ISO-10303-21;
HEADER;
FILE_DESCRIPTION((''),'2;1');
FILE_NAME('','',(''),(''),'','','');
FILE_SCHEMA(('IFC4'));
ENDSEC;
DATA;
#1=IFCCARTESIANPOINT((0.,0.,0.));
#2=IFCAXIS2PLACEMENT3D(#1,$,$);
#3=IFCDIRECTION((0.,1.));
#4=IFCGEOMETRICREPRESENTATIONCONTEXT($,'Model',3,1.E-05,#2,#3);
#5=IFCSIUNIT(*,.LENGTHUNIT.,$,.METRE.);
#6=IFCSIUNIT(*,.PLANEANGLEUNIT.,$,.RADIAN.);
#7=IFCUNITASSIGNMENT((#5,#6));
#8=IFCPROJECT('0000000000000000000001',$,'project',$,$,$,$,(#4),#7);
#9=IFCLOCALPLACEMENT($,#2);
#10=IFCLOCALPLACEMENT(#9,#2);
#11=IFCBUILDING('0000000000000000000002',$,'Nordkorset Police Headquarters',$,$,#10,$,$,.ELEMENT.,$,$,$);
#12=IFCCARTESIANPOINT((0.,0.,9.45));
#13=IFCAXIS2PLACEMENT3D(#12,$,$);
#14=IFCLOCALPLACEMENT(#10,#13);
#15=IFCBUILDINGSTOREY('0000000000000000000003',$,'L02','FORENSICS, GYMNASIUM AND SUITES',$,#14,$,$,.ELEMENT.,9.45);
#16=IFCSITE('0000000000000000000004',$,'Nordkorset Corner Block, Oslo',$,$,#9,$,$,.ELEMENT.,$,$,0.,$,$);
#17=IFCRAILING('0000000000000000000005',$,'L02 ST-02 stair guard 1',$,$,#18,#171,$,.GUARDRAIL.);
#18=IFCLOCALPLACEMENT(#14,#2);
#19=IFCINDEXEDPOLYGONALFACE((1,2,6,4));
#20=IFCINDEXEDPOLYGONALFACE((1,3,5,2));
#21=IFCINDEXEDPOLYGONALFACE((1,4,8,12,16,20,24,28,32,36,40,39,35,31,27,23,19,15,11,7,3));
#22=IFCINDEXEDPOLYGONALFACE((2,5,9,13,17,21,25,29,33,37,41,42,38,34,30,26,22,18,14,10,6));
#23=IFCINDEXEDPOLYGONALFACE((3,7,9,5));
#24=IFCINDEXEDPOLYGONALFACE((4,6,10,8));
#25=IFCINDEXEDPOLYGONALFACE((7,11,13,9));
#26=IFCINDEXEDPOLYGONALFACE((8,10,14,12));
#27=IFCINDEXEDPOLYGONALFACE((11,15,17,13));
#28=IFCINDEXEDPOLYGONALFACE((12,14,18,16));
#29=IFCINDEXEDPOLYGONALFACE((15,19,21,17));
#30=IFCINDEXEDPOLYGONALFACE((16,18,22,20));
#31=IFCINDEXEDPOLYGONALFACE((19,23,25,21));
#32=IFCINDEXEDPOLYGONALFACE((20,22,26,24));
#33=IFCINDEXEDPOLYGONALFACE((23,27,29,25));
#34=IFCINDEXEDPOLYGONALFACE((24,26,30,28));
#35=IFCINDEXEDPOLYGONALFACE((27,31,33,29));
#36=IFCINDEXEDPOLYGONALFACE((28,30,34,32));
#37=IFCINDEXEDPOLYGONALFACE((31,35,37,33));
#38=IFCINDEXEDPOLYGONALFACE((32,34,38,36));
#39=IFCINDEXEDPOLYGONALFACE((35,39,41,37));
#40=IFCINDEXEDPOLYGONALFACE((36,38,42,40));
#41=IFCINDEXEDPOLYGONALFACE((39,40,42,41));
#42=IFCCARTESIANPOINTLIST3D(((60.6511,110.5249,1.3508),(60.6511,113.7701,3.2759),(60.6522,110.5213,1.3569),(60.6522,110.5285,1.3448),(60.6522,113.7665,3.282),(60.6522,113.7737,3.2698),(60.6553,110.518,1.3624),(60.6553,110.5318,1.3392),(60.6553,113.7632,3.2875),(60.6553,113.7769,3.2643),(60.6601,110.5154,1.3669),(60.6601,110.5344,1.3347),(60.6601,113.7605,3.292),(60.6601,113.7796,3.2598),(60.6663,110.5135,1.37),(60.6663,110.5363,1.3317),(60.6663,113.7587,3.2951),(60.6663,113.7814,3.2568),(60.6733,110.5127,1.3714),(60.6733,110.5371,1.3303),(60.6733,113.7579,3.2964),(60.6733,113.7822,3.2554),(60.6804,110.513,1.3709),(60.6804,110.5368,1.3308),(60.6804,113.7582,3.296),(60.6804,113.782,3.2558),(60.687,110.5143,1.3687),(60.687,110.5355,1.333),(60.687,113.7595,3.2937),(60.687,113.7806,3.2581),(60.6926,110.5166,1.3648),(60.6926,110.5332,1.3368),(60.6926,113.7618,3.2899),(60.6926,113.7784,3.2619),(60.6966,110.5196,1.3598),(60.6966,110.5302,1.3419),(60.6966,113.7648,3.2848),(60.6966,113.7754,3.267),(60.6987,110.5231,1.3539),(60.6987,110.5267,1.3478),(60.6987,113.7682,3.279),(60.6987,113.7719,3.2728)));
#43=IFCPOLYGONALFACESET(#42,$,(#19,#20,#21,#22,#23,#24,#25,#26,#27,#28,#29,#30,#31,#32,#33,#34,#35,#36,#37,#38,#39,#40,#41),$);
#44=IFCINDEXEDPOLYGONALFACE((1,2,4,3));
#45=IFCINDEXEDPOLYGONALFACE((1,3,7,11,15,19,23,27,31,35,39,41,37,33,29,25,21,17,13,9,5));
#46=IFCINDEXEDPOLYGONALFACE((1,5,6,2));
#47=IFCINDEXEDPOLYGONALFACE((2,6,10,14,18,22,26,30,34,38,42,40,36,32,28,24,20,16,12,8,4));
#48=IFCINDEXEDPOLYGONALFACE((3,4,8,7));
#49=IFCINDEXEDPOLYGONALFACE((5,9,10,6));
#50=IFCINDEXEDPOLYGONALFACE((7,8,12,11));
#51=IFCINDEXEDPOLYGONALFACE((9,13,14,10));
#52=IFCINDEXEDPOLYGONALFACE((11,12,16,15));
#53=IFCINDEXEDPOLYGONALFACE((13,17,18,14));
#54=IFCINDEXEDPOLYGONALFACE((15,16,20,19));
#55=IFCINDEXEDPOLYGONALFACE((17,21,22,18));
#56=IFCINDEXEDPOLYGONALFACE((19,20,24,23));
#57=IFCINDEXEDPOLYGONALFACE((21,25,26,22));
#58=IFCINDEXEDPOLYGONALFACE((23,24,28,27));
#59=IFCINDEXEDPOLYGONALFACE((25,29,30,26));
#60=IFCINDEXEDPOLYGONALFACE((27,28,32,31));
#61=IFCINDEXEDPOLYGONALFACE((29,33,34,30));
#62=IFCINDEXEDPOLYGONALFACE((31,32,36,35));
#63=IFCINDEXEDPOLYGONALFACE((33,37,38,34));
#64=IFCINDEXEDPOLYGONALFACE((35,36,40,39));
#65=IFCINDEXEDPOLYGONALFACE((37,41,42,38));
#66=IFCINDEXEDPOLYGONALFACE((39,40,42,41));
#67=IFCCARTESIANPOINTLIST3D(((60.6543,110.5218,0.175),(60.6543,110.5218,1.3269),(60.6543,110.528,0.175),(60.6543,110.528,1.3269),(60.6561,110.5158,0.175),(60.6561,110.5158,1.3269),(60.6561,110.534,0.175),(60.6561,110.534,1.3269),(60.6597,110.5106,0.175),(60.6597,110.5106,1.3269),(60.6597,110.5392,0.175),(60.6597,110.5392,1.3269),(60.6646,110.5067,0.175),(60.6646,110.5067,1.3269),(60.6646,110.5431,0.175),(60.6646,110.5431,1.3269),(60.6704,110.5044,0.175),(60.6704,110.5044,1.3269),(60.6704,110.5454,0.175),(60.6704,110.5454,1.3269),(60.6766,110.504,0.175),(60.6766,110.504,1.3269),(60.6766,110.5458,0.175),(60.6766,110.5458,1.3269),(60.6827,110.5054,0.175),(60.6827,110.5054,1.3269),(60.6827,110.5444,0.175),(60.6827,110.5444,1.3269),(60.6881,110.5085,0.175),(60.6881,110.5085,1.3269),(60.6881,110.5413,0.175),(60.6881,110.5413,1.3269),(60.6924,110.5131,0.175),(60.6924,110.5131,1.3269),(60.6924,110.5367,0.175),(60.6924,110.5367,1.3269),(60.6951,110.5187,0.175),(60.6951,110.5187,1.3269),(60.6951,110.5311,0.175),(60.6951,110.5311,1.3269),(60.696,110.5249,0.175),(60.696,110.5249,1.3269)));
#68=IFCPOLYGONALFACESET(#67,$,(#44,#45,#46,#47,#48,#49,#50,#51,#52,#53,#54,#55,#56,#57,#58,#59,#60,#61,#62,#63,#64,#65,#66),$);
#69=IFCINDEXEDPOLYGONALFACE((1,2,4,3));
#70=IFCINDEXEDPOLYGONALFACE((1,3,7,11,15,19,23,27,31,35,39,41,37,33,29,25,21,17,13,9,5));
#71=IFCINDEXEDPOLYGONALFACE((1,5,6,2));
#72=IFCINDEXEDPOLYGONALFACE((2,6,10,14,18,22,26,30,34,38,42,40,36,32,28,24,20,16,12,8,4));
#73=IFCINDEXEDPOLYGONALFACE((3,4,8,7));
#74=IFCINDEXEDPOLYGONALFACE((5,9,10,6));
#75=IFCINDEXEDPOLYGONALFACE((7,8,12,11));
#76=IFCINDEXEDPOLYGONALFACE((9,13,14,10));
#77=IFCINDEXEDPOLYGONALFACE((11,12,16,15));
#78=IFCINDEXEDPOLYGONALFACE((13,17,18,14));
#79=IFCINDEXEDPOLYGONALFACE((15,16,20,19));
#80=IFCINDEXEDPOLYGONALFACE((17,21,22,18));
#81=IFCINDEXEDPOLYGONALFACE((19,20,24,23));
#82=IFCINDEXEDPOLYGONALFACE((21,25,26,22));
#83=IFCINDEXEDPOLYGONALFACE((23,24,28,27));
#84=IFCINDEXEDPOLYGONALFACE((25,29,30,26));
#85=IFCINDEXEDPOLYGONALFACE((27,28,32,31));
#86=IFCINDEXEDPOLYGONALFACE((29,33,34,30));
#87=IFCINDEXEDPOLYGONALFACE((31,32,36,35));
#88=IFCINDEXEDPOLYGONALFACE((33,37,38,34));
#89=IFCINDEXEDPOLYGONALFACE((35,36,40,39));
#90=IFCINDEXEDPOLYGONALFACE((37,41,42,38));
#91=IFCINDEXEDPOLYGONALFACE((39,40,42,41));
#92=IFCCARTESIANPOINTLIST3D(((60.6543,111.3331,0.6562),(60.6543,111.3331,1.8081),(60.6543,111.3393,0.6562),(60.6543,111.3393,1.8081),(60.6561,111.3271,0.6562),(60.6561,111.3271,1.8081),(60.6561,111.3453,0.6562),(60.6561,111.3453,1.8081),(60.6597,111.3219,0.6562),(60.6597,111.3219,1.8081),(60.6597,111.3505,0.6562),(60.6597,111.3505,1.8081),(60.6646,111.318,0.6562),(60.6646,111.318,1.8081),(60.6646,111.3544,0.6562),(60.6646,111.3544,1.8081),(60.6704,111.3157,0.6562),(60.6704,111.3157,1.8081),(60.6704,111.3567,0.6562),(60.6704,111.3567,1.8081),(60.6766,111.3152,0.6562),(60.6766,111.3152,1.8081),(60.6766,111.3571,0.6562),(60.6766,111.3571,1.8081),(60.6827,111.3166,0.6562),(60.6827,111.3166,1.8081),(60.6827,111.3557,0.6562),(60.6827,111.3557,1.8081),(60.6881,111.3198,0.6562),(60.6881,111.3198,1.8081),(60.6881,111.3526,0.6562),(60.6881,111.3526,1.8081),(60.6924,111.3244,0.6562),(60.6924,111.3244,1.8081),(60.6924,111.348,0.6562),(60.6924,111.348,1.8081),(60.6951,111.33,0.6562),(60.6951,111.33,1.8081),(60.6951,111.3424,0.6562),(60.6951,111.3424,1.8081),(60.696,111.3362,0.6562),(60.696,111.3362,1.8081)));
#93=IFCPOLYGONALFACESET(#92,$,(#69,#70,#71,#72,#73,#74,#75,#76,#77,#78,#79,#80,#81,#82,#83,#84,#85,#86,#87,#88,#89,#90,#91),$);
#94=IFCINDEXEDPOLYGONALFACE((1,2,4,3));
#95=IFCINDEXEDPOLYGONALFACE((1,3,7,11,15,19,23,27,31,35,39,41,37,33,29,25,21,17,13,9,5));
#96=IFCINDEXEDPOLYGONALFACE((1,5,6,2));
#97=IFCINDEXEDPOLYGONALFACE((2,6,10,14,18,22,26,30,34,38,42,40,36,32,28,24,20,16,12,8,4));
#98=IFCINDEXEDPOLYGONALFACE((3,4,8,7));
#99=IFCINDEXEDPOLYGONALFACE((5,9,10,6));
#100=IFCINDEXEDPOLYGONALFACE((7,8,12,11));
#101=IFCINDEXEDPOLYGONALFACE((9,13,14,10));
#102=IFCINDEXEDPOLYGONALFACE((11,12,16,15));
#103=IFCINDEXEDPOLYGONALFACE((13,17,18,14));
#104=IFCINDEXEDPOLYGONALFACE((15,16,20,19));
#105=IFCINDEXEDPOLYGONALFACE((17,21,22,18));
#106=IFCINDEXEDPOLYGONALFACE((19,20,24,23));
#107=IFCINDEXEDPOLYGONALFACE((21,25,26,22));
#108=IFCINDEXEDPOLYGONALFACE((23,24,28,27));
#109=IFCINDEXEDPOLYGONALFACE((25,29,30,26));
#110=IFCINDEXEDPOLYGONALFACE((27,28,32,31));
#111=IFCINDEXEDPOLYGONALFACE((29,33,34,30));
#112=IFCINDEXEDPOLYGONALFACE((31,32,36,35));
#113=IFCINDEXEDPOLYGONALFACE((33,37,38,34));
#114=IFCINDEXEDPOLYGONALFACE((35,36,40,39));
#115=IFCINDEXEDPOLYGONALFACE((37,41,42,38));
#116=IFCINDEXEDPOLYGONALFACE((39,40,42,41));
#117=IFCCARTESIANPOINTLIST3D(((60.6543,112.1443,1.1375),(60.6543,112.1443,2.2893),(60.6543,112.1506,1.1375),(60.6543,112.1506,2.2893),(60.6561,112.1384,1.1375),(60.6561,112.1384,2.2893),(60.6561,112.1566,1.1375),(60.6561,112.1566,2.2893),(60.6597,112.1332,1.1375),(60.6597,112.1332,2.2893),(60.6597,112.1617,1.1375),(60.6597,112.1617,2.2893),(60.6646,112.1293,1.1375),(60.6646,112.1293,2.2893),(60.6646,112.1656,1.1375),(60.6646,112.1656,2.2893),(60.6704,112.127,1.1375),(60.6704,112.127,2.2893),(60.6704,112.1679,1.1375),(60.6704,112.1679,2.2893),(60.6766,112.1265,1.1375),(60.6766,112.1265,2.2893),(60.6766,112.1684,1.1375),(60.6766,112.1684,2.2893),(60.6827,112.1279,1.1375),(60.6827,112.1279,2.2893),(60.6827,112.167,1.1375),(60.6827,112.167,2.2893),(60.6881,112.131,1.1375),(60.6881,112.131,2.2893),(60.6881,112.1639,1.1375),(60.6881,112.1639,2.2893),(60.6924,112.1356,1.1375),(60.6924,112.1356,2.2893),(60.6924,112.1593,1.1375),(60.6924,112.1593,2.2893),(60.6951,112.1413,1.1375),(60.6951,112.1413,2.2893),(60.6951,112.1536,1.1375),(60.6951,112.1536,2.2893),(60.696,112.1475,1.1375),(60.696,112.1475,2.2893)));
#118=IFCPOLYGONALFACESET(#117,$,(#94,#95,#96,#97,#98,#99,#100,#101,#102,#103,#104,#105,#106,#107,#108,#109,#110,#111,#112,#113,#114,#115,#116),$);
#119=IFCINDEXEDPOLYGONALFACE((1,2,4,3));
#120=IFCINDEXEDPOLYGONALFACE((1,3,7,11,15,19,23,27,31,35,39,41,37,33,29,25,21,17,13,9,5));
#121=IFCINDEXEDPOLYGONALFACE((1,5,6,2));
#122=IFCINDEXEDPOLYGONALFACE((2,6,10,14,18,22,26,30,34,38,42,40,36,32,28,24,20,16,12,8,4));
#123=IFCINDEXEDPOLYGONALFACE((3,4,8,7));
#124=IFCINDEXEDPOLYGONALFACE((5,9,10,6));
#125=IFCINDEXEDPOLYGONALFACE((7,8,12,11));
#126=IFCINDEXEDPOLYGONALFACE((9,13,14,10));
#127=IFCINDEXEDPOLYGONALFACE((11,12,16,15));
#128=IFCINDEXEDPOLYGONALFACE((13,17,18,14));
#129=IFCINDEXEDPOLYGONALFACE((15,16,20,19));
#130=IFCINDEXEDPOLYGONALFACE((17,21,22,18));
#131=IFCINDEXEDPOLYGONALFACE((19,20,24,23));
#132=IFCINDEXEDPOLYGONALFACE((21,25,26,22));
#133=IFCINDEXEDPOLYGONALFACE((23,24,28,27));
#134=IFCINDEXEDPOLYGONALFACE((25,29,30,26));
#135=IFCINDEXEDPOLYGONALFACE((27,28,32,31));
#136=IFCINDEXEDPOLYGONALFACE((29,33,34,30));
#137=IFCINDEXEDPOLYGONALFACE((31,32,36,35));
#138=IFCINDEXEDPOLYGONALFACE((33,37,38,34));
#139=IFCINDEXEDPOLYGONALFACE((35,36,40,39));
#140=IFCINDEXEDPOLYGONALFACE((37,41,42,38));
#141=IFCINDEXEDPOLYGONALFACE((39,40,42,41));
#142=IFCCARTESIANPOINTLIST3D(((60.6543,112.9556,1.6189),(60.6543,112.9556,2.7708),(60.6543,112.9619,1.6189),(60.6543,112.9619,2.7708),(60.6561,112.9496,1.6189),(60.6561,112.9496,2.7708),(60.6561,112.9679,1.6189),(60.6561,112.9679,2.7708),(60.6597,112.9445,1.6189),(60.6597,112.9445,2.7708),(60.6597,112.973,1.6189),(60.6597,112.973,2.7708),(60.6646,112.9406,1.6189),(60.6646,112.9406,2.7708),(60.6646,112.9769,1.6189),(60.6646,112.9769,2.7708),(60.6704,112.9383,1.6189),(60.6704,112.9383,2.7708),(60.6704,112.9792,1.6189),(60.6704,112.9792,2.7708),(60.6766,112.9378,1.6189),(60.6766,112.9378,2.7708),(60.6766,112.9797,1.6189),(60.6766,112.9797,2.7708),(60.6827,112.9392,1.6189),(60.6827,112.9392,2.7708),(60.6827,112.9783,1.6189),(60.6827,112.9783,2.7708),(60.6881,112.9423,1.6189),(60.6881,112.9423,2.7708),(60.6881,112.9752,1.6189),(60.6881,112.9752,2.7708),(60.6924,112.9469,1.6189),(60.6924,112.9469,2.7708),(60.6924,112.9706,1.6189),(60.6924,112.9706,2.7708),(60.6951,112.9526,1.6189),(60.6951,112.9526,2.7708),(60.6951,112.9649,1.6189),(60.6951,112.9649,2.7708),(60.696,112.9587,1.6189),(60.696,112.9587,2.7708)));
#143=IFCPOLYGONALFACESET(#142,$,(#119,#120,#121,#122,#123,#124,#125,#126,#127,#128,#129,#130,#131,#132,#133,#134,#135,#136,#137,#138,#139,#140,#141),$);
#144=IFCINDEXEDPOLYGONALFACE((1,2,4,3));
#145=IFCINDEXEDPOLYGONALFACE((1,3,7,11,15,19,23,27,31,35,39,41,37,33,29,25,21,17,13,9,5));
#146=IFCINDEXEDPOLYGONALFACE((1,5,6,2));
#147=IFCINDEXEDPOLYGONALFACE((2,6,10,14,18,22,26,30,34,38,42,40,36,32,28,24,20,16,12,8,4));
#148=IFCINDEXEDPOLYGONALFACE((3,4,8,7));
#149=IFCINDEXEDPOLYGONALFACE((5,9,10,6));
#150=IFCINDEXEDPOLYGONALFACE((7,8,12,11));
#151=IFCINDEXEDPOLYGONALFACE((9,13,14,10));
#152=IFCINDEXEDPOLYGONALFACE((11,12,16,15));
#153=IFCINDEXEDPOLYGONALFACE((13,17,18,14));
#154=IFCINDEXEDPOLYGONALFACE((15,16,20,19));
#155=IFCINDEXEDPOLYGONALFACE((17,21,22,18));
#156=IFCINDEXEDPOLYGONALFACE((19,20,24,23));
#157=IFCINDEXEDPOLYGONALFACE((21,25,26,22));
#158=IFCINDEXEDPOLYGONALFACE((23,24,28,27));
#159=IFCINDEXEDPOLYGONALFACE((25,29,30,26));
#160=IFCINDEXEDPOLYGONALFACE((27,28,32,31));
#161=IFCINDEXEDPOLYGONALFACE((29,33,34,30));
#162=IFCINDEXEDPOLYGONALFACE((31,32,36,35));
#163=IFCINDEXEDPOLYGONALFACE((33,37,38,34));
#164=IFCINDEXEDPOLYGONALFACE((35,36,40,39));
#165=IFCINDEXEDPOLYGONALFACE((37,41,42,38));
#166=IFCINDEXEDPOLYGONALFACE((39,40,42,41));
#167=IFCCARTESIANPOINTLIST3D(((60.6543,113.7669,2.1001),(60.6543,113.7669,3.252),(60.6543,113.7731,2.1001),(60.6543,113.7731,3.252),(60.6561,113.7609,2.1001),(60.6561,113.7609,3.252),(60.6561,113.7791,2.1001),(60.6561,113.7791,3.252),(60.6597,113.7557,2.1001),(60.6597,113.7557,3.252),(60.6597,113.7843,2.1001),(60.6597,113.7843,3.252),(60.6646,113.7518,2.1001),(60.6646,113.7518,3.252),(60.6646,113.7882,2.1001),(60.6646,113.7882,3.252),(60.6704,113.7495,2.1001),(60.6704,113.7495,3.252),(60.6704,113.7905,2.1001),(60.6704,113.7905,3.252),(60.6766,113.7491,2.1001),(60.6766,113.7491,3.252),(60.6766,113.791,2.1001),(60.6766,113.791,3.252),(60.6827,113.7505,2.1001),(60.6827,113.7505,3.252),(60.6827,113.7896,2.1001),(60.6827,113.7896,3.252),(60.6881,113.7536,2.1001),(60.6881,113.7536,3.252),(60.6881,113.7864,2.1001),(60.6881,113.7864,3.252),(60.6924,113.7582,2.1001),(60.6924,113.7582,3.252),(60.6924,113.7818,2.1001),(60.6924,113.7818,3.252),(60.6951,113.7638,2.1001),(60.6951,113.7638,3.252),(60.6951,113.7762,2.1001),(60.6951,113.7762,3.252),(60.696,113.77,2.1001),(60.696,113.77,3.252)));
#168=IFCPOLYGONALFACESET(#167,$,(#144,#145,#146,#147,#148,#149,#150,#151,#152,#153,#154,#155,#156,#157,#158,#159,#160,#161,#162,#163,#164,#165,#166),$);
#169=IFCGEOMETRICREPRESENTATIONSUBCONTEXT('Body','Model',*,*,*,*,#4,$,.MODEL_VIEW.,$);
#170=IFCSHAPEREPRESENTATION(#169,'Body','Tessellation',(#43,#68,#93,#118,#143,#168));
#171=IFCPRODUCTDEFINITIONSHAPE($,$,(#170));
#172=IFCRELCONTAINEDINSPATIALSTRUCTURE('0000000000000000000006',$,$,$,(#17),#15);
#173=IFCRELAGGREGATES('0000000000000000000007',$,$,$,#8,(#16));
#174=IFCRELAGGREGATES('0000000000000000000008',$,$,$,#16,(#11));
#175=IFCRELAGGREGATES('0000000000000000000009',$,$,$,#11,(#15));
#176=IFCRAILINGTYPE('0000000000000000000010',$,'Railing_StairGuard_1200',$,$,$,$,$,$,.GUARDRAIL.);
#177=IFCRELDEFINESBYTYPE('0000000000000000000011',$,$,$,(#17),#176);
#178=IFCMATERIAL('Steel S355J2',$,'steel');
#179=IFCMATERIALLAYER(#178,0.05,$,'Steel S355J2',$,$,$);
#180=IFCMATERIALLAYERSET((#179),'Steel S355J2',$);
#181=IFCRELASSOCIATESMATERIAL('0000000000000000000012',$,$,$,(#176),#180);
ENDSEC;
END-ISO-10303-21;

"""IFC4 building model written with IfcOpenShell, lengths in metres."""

from ifc_helpers import new_model, si_unit, direction, frame, origin, origin_2d, place, context, subcontext, project, spatial, circle, extrude, material, layer, layer_set, type_object, element, save


model = new_model("IFC4")

# Units and contexts
model_context = context("Model", 3, precision=1e-05, world=origin(), true_north=direction((0.0, 1.0)))
body_context = subcontext(model_context, "Body", "Model", "MODEL_VIEW")
ifc_project = project(units=[si_unit("LENGTHUNIT", "METRE"), si_unit("PLANEANGLEUNIT", "RADIAN")], contexts=[model_context])

# Site, building, storey
site_placement = place(None, origin())
site = spatial("IfcSite", under=ifc_project, at=site_placement, Name="Nordkorset Corner Block, Oslo", CompositionType="ELEMENT", RefElevation=0.0)
building_placement = place(site_placement, origin())
building = spatial("IfcBuilding", under=site, at=building_placement, Name="Nordkorset Police Headquarters", CompositionType="ELEMENT")
storey_placement = place(building_placement, frame((0.0, 0.0, 9.45)))
storey = spatial("IfcBuildingStorey", under=building, at=storey_placement, Name="L02", Description="FORENSICS, GYMNASIUM AND SUITES", CompositionType="ELEMENT", Elevation=9.45)

# Railing
ifc_material_1 = material(Name="Steel S355J2", Category="steel")
ifc_layer_1 = layer(ifc_material_1, 0.05, Name="Steel S355J2")
ifc_layer_set_1 = layer_set([ifc_layer_1], Name="Steel S355J2")
railing_type_1 = type_object("IfcRailingType", Name="Railing_StairGuard_1200", PredefinedType="GUARDRAIL", material=ifc_layer_set_1)
railing_1_placement = place(storey_placement, frame((60.675, 110.5249, 0.175)))
element("IfcRailing", 1, at=railing_1_placement, inside=storey, type_object=railing_type_1, Name="L02 ST-02 stair guard 1", PredefinedType="GUARDRAIL", context=body_context, shape_type="SweptSolid", body=[
    extrude(circle(Radius=0.0239, at=origin_2d()), frame((0.0, 0.0, 1.1758), z_axis=(0.0, 0.860057, 0.510198), x_axis=(-1.0, 0.0, 0.0)), (0.0, 0.0, 1.0), 3.7732),
    extrude(circle(Radius=0.021, at=origin_2d()), origin(), (0.0, 0.0, 1.0), 1.1519),
    extrude(circle(Radius=0.021, at=origin_2d()), frame((0.0, 0.8113, 0.4812)), (0.0, 0.0, 1.0), 1.1519),
    extrude(circle(Radius=0.021, at=origin_2d()), frame((0.0, 1.6226, 0.9624)), (0.0, 0.0, 1.0), 1.1519),
    extrude(circle(Radius=0.021, at=origin_2d()), frame((0.0, 2.4338, 1.4438)), (0.0, 0.0, 1.0), 1.1519),
    extrude(circle(Radius=0.021, at=origin_2d()), frame((0.0, 3.2451, 1.925)), (0.0, 0.0, 1.0), 1.1519),
])

save(model, "model.ifc")
